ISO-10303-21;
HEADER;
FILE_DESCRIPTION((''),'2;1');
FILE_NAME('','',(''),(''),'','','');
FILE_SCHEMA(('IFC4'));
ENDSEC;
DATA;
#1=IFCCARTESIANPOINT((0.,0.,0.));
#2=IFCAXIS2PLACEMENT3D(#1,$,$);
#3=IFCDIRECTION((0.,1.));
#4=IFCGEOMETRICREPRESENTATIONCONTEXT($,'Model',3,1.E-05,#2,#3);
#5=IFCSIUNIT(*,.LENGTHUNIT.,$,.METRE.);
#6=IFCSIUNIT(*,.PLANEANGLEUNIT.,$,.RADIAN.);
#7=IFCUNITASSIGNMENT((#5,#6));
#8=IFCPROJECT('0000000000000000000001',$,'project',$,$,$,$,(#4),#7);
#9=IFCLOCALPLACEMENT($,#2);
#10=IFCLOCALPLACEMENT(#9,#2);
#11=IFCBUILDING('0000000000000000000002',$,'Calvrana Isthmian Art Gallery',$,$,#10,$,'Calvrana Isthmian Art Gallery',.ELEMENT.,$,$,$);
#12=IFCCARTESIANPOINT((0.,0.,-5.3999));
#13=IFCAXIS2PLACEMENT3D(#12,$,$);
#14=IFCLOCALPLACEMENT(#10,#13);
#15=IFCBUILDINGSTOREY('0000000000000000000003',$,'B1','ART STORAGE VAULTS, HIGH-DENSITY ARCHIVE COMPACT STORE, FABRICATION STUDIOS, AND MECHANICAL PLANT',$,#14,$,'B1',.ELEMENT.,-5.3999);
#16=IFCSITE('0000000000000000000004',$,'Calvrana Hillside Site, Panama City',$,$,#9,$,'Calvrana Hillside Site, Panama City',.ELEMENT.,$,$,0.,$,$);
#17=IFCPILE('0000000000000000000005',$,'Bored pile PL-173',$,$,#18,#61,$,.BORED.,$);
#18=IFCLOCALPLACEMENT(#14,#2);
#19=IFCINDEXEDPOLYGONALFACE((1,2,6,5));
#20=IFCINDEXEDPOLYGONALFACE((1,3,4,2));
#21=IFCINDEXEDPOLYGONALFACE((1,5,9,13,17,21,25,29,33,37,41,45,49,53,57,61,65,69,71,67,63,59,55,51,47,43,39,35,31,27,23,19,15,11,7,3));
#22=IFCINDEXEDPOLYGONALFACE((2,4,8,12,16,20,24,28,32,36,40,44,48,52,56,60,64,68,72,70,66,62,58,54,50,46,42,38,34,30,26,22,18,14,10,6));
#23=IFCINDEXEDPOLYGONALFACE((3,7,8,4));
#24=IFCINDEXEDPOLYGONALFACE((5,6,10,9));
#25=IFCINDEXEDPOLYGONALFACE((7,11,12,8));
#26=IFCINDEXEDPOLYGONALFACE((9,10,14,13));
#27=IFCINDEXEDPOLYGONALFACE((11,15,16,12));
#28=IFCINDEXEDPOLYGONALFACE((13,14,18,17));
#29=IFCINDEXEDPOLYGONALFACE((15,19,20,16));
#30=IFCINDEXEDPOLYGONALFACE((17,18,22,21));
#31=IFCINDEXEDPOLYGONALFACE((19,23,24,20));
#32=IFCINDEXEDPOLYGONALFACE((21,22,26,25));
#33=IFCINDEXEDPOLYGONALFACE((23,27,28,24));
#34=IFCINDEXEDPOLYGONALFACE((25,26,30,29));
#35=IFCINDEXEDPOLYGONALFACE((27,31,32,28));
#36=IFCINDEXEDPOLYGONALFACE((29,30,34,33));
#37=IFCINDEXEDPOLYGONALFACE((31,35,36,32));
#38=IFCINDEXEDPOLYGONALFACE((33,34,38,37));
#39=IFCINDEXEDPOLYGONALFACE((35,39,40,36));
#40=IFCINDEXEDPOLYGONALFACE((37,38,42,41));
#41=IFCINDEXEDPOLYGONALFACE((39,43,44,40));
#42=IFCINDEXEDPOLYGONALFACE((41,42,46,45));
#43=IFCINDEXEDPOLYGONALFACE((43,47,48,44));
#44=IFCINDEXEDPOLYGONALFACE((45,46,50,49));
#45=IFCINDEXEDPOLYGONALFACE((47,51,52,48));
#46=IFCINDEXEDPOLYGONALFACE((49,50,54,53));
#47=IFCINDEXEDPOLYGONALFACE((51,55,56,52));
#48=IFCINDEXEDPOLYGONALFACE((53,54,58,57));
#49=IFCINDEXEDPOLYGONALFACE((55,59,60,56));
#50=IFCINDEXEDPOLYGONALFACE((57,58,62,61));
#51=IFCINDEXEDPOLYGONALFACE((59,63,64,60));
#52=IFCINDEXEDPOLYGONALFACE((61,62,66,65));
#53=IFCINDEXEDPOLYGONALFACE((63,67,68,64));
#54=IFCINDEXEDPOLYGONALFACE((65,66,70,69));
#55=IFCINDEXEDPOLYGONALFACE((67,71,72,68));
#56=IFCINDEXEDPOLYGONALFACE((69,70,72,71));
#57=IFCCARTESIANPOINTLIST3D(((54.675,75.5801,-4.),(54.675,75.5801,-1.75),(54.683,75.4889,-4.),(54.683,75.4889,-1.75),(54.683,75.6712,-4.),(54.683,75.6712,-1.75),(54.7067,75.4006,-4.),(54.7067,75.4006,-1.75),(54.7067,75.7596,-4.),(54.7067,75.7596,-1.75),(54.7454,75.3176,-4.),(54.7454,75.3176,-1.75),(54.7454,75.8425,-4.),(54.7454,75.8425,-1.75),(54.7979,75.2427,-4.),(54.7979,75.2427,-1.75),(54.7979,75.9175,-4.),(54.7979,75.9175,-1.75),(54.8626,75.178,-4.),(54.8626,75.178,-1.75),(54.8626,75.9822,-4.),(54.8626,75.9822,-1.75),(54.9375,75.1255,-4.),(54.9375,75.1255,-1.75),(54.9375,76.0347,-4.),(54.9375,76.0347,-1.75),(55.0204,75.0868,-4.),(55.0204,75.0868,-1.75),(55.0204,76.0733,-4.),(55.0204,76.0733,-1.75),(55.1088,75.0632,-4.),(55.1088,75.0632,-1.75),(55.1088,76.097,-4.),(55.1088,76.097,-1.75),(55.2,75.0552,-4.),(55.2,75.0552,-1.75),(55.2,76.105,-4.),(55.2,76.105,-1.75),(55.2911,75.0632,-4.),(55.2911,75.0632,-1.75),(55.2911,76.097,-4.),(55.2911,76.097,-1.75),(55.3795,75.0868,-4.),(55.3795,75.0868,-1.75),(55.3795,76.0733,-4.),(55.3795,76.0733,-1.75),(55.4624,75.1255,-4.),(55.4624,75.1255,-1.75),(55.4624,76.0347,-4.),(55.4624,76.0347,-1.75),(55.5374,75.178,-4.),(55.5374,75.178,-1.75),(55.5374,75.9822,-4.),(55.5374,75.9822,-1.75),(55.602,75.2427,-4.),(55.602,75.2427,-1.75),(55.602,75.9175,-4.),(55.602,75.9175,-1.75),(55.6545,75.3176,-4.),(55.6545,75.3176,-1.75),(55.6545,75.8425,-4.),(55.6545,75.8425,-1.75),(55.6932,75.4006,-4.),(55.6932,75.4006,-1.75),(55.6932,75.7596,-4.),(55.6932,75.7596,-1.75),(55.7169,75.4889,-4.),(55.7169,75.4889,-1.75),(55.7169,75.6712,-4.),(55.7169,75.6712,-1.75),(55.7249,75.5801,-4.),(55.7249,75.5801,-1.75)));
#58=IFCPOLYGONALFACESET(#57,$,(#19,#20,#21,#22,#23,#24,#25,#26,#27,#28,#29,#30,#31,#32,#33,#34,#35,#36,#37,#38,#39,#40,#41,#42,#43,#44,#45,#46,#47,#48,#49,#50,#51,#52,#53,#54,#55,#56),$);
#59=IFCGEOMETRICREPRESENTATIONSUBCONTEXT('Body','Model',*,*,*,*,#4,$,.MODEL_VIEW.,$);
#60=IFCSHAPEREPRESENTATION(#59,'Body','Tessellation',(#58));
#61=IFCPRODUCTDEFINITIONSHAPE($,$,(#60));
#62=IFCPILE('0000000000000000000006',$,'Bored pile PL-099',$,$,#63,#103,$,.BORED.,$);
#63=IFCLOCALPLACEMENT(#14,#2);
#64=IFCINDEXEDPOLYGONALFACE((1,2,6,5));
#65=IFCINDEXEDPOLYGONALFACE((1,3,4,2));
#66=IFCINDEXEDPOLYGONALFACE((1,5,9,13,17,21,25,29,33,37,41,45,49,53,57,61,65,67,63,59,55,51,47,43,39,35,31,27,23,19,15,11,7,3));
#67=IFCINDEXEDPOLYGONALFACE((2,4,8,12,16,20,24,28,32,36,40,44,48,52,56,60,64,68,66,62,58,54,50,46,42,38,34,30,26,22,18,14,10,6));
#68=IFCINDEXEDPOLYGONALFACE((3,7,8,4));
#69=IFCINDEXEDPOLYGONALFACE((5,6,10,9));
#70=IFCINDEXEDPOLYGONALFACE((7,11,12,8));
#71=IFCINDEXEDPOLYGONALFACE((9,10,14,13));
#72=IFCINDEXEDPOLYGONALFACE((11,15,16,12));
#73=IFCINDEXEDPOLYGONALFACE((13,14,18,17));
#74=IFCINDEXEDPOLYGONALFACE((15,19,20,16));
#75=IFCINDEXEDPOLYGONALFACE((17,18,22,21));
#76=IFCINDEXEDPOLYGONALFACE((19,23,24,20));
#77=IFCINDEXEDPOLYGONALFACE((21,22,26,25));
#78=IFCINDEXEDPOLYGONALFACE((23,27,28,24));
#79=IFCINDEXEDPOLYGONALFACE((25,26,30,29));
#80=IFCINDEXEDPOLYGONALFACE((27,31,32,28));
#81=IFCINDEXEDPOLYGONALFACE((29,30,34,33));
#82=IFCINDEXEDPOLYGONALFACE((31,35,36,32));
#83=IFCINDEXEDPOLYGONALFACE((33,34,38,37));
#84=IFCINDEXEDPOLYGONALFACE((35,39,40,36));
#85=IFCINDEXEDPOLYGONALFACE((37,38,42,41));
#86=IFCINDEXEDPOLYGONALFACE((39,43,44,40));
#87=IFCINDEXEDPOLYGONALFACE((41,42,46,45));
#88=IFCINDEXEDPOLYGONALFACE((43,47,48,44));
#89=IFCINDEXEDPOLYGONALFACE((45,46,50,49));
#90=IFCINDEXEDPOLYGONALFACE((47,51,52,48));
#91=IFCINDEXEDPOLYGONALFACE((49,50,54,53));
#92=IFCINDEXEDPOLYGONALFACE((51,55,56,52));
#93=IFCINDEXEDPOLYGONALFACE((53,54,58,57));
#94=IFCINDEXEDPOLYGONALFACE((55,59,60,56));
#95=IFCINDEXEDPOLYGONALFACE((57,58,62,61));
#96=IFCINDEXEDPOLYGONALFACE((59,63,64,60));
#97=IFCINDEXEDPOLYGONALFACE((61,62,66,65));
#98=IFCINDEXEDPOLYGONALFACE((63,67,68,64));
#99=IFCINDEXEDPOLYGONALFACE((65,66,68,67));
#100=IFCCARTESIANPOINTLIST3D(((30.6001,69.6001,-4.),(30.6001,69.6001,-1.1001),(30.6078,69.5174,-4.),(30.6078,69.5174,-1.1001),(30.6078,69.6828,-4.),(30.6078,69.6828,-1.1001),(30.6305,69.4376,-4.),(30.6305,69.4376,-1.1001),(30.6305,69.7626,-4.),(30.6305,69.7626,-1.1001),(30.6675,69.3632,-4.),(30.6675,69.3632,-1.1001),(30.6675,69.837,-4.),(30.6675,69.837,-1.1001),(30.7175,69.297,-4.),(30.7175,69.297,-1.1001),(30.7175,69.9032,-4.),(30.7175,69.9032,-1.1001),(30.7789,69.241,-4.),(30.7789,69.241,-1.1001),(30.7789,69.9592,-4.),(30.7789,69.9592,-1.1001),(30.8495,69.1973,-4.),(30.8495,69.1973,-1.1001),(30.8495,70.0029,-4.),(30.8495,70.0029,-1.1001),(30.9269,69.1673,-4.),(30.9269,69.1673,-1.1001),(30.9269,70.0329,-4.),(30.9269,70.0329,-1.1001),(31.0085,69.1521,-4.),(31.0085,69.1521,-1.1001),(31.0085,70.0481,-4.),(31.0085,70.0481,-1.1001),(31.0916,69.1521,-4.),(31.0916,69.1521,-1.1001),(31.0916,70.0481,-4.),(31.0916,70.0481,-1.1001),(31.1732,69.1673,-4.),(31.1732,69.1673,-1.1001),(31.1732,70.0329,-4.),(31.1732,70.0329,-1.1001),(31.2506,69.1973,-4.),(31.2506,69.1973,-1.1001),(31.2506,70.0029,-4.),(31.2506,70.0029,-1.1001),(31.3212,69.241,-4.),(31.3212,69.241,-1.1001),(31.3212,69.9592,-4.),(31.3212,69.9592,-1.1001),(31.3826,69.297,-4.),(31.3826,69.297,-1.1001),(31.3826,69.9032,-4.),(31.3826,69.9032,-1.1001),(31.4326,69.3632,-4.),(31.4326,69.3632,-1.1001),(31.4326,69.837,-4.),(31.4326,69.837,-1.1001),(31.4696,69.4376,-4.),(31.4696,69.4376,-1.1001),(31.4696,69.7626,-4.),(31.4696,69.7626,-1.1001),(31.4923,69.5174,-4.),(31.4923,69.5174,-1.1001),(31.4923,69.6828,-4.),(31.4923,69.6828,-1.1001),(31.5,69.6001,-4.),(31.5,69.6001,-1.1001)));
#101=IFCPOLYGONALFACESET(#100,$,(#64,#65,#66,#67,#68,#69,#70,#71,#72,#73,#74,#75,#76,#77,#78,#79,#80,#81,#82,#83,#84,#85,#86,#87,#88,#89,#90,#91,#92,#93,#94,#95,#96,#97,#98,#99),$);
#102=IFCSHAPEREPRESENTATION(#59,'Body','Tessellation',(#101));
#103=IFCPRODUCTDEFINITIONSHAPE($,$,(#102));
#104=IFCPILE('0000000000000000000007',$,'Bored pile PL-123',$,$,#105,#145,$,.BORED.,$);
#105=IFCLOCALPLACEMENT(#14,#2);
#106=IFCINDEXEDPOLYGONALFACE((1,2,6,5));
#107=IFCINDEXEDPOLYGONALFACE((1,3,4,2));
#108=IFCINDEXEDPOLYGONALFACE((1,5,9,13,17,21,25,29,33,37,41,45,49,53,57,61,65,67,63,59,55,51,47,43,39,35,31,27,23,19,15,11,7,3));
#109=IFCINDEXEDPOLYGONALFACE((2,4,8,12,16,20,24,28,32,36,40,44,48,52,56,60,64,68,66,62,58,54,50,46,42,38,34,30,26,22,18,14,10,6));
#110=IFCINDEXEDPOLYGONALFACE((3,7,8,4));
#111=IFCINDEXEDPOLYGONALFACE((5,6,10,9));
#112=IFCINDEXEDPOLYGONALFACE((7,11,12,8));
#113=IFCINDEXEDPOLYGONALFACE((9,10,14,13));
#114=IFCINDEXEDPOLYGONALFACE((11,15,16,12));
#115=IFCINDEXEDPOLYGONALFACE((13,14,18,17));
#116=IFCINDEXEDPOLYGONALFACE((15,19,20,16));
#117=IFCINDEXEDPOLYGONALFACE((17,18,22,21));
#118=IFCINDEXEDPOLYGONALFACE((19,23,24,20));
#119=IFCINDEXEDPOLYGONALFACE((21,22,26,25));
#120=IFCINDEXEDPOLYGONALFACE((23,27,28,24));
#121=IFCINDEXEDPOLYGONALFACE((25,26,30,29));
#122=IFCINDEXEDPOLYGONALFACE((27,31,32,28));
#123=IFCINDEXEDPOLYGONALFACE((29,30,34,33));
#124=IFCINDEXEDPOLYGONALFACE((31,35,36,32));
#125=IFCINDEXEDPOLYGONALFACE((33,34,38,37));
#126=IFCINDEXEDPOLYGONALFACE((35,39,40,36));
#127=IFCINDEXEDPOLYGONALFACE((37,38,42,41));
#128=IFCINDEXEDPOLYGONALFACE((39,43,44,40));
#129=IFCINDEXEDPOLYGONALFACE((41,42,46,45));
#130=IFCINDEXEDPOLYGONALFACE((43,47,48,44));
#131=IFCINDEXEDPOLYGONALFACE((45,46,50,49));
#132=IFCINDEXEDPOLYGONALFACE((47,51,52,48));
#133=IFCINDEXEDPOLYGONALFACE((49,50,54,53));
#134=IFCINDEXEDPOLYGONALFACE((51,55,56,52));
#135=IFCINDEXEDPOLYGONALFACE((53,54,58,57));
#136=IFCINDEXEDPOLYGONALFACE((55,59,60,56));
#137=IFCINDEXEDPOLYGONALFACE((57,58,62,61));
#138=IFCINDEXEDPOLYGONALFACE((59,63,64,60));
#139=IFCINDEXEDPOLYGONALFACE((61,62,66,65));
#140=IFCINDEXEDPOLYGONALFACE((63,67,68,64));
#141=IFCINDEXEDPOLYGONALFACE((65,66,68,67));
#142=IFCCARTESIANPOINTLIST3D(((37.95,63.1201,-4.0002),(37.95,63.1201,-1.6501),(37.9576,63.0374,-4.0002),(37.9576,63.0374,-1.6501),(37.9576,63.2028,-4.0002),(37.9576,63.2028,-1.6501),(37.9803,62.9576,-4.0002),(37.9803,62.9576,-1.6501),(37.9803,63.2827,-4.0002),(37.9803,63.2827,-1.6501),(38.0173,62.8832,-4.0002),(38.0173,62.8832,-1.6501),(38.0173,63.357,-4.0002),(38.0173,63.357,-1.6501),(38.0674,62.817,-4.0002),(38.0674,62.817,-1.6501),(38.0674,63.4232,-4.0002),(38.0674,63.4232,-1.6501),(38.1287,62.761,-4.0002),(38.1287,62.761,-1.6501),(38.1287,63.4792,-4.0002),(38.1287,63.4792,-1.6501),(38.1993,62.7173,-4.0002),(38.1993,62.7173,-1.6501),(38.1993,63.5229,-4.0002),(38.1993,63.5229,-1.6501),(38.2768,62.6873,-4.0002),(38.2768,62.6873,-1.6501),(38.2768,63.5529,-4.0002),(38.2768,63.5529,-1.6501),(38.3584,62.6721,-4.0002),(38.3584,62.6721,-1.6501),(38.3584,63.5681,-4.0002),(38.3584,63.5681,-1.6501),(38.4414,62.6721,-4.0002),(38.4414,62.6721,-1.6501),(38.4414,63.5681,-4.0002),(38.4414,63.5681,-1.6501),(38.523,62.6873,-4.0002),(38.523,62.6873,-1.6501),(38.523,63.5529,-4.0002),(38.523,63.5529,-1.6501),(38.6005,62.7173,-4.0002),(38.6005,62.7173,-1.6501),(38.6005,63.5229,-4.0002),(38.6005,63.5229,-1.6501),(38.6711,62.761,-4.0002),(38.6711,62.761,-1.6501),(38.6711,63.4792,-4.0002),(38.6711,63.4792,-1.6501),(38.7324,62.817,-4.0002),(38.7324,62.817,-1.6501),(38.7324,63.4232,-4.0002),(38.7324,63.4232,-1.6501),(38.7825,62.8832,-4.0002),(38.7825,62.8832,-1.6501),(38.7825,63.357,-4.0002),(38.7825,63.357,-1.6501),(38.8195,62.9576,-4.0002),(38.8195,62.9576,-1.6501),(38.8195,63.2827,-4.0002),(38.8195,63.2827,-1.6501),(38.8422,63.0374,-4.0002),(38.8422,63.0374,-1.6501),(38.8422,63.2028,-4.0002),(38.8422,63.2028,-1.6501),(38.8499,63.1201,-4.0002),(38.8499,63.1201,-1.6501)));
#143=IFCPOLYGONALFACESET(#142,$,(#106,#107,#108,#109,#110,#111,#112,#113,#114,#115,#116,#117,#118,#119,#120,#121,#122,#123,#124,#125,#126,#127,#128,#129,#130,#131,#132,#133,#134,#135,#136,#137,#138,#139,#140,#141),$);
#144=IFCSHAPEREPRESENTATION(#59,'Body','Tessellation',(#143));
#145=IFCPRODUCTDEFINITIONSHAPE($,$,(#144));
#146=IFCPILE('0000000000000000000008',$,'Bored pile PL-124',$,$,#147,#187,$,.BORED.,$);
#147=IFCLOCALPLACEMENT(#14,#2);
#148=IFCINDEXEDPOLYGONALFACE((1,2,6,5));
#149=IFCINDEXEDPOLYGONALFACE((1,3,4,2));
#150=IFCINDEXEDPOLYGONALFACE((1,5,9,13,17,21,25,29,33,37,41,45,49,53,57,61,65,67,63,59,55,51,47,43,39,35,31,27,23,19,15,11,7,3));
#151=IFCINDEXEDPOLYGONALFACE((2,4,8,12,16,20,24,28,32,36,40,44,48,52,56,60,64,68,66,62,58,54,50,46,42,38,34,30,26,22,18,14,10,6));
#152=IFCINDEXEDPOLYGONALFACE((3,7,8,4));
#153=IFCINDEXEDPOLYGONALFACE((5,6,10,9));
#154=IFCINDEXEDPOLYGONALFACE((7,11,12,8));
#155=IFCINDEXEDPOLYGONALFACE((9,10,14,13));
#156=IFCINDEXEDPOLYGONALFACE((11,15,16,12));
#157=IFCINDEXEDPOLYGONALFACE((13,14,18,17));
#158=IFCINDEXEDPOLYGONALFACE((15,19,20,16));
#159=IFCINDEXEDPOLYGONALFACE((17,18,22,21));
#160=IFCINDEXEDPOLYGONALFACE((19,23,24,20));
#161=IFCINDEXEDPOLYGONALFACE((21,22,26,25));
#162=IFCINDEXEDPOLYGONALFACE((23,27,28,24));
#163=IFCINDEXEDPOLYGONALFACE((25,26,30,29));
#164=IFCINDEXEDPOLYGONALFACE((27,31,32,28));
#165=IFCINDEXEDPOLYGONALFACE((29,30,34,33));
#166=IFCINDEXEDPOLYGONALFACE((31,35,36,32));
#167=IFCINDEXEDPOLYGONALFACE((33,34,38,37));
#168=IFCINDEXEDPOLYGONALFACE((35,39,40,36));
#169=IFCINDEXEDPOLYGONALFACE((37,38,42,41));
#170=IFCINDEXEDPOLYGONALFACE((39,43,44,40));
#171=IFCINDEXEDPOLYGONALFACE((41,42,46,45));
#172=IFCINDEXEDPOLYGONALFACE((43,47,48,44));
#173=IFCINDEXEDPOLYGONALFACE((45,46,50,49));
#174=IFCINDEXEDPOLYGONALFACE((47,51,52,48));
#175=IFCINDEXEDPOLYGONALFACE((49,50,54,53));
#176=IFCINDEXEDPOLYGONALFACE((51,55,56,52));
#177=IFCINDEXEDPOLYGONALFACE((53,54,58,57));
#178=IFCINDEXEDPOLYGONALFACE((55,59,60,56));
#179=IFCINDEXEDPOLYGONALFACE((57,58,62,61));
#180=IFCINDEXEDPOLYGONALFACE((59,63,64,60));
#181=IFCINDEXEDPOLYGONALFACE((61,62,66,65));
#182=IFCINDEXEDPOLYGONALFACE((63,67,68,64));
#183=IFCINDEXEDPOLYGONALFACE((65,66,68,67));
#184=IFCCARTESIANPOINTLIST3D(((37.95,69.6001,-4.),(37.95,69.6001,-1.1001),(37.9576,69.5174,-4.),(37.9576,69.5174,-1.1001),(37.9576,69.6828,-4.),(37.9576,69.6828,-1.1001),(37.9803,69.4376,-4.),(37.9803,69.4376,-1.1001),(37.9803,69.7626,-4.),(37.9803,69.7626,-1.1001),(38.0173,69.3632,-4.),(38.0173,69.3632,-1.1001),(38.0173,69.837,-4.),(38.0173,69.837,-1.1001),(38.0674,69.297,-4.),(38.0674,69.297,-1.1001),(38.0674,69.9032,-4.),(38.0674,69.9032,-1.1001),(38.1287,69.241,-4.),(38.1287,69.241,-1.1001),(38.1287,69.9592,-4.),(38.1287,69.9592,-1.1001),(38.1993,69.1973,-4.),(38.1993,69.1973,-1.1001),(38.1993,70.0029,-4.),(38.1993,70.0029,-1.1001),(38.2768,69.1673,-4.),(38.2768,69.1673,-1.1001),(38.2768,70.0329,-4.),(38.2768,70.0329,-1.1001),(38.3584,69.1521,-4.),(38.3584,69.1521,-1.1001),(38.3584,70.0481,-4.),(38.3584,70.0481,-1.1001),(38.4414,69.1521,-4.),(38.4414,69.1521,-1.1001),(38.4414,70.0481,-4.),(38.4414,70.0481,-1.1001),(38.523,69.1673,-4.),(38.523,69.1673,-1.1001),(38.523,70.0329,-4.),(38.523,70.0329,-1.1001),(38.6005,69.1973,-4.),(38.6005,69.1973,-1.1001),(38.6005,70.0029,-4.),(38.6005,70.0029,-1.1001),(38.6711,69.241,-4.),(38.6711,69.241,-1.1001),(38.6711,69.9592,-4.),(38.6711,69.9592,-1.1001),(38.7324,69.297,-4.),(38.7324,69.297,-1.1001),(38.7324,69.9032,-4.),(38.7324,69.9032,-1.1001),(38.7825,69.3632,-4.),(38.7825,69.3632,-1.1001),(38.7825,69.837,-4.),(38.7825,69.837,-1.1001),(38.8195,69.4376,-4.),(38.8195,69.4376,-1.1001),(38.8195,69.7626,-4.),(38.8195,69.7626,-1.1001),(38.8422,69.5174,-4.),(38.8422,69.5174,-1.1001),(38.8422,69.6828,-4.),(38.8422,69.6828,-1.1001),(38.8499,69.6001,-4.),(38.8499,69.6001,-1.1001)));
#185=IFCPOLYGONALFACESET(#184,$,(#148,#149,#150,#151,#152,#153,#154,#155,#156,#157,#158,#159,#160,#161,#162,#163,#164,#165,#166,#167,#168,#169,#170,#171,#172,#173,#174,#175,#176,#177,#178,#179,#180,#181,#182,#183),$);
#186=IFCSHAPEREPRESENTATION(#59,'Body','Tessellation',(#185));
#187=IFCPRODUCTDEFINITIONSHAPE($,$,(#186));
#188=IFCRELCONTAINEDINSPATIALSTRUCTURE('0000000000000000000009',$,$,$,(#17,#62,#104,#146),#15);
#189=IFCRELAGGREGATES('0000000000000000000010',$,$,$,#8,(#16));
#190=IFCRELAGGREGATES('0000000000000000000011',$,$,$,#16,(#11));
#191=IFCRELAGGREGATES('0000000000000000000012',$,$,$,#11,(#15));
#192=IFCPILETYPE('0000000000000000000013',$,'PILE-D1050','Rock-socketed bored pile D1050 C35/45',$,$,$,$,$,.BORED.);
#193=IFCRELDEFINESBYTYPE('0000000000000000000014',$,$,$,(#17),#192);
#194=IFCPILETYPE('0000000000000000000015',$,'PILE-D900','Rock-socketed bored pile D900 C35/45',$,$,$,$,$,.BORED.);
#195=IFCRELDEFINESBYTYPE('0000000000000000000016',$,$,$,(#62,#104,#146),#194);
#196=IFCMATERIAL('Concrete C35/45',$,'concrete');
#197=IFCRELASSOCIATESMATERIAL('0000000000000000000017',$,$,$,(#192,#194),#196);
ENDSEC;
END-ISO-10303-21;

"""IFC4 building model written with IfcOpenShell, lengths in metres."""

from ifc_helpers import new_model, si_unit, direction, frame, origin, origin_2d, place, context, subcontext, project, spatial, circle, extrude, material, material_profile, profile_set, type_object, element, save


model = new_model("IFC4")

# Units and contexts
model_context = context("Model", 3, precision=1e-05, world=origin(), true_north=direction((0.0, 1.0)))
body_context = subcontext(model_context, "Body", "Model", "MODEL_VIEW")
ifc_project = project(units=[si_unit("LENGTHUNIT", "METRE"), si_unit("PLANEANGLEUNIT", "RADIAN")], contexts=[model_context])

# Site, building, storey
site_placement = place(None, origin())
site = spatial("IfcSite", under=ifc_project, at=site_placement, Name="Calvrana Hillside Site, Panama City", LongName="Calvrana Hillside Site, Panama City", CompositionType="ELEMENT", RefElevation=0.0)
building_placement = place(site_placement, origin())
building = spatial("IfcBuilding", under=site, at=building_placement, Name="Calvrana Isthmian Art Gallery", LongName="Calvrana Isthmian Art Gallery", CompositionType="ELEMENT")
storey_placement = place(building_placement, frame((0.0, 0.0, -5.3999)))
storey = spatial("IfcBuildingStorey", under=building, at=storey_placement, Name="B1", Description="ART STORAGE VAULTS, HIGH-DENSITY ARCHIVE COMPACT STORE, FABRICATION STUDIOS, AND MECHANICAL PLANT", LongName="B1", CompositionType="ELEMENT", Elevation=-5.3999)

# Shared definitions
ifc_material_1 = material(Name="Concrete C35/45", Category="concrete")

# Piles
ifc_material_profile_1 = material_profile(ifc_material_1, circle(Radius=0.5249, at=origin_2d()), Name="PILE1050D")
ifc_profile_set_1 = profile_set([ifc_material_profile_1], Name="Concrete C35/45")
pile_type_1 = type_object("IfcPileType", Name="PILE-D1050", Description="Rock-socketed bored pile D1050 C35/45", PredefinedType="BORED", material=ifc_profile_set_1)
for number, where, z_axis, x_axis, name in (
    (1, (55.2, 75.5801, -1.75), (0.0, 0.0, -1.0), (1.0, 0.0, 0.0), "Bored pile PL-173"),
):
    element("IfcPile", number, at=place(storey_placement, frame(where, z_axis=z_axis, x_axis=x_axis)), inside=storey, type_object=pile_type_1, Name=name, PredefinedType="BORED", context=body_context, shape_type="SweptSolid", body=[
        extrude(circle(Radius=0.5249, at=origin_2d()), origin(), (0.0, 0.0, 1.0), 2.25),
    ])
ifc_material_profile_2 = material_profile(ifc_material_1, circle(Radius=0.45, at=origin_2d()), Name="PILE900D")
ifc_profile_set_2 = profile_set([ifc_material_profile_2], Name="Concrete C35/45")
pile_type_2 = type_object("IfcPileType", Name="PILE-D900", Description="Rock-socketed bored pile D900 C35/45", PredefinedType="BORED", material=ifc_profile_set_2)
pile_1_placement = place(storey_placement, frame((31.05, 69.6001, -1.1001), z_axis=(0.0, 0.0, -1.0), x_axis=(1.0, 0.0, 0.0)))
element("IfcPile", 2, at=pile_1_placement, inside=storey, type_object=pile_type_2, Name="Bored pile PL-099", PredefinedType="BORED", context=body_context, shape_type="SweptSolid", body=[
    extrude(circle(Radius=0.45, at=origin_2d()), origin(), (0.0, 0.0, 1.0), 2.8999),
])
pile_2_placement = place(storey_placement, frame((38.3999, 63.1201, -1.6501), z_axis=(0.0, 0.0, -1.0), x_axis=(1.0, 0.0, 0.0)))
element("IfcPile", 3, at=pile_2_placement, inside=storey, type_object=pile_type_2, Name="Bored pile PL-123", PredefinedType="BORED", context=body_context, shape_type="SweptSolid", body=[
    extrude(circle(Radius=0.45, at=origin_2d()), origin(), (0.0, 0.0, 1.0), 2.3501),
])
pile_3_placement = place(storey_placement, frame((38.3999, 69.6001, -1.1001), z_axis=(0.0, 0.0, -1.0), x_axis=(1.0, 0.0, 0.0)))
element("IfcPile", 4, at=pile_3_placement, inside=storey, type_object=pile_type_2, Name="Bored pile PL-124", PredefinedType="BORED", context=body_context, shape_type="SweptSolid", body=[
    extrude(circle(Radius=0.45, at=origin_2d()), origin(), (0.0, 0.0, 1.0), 2.8999),
])

save(model, "model.ifc")
